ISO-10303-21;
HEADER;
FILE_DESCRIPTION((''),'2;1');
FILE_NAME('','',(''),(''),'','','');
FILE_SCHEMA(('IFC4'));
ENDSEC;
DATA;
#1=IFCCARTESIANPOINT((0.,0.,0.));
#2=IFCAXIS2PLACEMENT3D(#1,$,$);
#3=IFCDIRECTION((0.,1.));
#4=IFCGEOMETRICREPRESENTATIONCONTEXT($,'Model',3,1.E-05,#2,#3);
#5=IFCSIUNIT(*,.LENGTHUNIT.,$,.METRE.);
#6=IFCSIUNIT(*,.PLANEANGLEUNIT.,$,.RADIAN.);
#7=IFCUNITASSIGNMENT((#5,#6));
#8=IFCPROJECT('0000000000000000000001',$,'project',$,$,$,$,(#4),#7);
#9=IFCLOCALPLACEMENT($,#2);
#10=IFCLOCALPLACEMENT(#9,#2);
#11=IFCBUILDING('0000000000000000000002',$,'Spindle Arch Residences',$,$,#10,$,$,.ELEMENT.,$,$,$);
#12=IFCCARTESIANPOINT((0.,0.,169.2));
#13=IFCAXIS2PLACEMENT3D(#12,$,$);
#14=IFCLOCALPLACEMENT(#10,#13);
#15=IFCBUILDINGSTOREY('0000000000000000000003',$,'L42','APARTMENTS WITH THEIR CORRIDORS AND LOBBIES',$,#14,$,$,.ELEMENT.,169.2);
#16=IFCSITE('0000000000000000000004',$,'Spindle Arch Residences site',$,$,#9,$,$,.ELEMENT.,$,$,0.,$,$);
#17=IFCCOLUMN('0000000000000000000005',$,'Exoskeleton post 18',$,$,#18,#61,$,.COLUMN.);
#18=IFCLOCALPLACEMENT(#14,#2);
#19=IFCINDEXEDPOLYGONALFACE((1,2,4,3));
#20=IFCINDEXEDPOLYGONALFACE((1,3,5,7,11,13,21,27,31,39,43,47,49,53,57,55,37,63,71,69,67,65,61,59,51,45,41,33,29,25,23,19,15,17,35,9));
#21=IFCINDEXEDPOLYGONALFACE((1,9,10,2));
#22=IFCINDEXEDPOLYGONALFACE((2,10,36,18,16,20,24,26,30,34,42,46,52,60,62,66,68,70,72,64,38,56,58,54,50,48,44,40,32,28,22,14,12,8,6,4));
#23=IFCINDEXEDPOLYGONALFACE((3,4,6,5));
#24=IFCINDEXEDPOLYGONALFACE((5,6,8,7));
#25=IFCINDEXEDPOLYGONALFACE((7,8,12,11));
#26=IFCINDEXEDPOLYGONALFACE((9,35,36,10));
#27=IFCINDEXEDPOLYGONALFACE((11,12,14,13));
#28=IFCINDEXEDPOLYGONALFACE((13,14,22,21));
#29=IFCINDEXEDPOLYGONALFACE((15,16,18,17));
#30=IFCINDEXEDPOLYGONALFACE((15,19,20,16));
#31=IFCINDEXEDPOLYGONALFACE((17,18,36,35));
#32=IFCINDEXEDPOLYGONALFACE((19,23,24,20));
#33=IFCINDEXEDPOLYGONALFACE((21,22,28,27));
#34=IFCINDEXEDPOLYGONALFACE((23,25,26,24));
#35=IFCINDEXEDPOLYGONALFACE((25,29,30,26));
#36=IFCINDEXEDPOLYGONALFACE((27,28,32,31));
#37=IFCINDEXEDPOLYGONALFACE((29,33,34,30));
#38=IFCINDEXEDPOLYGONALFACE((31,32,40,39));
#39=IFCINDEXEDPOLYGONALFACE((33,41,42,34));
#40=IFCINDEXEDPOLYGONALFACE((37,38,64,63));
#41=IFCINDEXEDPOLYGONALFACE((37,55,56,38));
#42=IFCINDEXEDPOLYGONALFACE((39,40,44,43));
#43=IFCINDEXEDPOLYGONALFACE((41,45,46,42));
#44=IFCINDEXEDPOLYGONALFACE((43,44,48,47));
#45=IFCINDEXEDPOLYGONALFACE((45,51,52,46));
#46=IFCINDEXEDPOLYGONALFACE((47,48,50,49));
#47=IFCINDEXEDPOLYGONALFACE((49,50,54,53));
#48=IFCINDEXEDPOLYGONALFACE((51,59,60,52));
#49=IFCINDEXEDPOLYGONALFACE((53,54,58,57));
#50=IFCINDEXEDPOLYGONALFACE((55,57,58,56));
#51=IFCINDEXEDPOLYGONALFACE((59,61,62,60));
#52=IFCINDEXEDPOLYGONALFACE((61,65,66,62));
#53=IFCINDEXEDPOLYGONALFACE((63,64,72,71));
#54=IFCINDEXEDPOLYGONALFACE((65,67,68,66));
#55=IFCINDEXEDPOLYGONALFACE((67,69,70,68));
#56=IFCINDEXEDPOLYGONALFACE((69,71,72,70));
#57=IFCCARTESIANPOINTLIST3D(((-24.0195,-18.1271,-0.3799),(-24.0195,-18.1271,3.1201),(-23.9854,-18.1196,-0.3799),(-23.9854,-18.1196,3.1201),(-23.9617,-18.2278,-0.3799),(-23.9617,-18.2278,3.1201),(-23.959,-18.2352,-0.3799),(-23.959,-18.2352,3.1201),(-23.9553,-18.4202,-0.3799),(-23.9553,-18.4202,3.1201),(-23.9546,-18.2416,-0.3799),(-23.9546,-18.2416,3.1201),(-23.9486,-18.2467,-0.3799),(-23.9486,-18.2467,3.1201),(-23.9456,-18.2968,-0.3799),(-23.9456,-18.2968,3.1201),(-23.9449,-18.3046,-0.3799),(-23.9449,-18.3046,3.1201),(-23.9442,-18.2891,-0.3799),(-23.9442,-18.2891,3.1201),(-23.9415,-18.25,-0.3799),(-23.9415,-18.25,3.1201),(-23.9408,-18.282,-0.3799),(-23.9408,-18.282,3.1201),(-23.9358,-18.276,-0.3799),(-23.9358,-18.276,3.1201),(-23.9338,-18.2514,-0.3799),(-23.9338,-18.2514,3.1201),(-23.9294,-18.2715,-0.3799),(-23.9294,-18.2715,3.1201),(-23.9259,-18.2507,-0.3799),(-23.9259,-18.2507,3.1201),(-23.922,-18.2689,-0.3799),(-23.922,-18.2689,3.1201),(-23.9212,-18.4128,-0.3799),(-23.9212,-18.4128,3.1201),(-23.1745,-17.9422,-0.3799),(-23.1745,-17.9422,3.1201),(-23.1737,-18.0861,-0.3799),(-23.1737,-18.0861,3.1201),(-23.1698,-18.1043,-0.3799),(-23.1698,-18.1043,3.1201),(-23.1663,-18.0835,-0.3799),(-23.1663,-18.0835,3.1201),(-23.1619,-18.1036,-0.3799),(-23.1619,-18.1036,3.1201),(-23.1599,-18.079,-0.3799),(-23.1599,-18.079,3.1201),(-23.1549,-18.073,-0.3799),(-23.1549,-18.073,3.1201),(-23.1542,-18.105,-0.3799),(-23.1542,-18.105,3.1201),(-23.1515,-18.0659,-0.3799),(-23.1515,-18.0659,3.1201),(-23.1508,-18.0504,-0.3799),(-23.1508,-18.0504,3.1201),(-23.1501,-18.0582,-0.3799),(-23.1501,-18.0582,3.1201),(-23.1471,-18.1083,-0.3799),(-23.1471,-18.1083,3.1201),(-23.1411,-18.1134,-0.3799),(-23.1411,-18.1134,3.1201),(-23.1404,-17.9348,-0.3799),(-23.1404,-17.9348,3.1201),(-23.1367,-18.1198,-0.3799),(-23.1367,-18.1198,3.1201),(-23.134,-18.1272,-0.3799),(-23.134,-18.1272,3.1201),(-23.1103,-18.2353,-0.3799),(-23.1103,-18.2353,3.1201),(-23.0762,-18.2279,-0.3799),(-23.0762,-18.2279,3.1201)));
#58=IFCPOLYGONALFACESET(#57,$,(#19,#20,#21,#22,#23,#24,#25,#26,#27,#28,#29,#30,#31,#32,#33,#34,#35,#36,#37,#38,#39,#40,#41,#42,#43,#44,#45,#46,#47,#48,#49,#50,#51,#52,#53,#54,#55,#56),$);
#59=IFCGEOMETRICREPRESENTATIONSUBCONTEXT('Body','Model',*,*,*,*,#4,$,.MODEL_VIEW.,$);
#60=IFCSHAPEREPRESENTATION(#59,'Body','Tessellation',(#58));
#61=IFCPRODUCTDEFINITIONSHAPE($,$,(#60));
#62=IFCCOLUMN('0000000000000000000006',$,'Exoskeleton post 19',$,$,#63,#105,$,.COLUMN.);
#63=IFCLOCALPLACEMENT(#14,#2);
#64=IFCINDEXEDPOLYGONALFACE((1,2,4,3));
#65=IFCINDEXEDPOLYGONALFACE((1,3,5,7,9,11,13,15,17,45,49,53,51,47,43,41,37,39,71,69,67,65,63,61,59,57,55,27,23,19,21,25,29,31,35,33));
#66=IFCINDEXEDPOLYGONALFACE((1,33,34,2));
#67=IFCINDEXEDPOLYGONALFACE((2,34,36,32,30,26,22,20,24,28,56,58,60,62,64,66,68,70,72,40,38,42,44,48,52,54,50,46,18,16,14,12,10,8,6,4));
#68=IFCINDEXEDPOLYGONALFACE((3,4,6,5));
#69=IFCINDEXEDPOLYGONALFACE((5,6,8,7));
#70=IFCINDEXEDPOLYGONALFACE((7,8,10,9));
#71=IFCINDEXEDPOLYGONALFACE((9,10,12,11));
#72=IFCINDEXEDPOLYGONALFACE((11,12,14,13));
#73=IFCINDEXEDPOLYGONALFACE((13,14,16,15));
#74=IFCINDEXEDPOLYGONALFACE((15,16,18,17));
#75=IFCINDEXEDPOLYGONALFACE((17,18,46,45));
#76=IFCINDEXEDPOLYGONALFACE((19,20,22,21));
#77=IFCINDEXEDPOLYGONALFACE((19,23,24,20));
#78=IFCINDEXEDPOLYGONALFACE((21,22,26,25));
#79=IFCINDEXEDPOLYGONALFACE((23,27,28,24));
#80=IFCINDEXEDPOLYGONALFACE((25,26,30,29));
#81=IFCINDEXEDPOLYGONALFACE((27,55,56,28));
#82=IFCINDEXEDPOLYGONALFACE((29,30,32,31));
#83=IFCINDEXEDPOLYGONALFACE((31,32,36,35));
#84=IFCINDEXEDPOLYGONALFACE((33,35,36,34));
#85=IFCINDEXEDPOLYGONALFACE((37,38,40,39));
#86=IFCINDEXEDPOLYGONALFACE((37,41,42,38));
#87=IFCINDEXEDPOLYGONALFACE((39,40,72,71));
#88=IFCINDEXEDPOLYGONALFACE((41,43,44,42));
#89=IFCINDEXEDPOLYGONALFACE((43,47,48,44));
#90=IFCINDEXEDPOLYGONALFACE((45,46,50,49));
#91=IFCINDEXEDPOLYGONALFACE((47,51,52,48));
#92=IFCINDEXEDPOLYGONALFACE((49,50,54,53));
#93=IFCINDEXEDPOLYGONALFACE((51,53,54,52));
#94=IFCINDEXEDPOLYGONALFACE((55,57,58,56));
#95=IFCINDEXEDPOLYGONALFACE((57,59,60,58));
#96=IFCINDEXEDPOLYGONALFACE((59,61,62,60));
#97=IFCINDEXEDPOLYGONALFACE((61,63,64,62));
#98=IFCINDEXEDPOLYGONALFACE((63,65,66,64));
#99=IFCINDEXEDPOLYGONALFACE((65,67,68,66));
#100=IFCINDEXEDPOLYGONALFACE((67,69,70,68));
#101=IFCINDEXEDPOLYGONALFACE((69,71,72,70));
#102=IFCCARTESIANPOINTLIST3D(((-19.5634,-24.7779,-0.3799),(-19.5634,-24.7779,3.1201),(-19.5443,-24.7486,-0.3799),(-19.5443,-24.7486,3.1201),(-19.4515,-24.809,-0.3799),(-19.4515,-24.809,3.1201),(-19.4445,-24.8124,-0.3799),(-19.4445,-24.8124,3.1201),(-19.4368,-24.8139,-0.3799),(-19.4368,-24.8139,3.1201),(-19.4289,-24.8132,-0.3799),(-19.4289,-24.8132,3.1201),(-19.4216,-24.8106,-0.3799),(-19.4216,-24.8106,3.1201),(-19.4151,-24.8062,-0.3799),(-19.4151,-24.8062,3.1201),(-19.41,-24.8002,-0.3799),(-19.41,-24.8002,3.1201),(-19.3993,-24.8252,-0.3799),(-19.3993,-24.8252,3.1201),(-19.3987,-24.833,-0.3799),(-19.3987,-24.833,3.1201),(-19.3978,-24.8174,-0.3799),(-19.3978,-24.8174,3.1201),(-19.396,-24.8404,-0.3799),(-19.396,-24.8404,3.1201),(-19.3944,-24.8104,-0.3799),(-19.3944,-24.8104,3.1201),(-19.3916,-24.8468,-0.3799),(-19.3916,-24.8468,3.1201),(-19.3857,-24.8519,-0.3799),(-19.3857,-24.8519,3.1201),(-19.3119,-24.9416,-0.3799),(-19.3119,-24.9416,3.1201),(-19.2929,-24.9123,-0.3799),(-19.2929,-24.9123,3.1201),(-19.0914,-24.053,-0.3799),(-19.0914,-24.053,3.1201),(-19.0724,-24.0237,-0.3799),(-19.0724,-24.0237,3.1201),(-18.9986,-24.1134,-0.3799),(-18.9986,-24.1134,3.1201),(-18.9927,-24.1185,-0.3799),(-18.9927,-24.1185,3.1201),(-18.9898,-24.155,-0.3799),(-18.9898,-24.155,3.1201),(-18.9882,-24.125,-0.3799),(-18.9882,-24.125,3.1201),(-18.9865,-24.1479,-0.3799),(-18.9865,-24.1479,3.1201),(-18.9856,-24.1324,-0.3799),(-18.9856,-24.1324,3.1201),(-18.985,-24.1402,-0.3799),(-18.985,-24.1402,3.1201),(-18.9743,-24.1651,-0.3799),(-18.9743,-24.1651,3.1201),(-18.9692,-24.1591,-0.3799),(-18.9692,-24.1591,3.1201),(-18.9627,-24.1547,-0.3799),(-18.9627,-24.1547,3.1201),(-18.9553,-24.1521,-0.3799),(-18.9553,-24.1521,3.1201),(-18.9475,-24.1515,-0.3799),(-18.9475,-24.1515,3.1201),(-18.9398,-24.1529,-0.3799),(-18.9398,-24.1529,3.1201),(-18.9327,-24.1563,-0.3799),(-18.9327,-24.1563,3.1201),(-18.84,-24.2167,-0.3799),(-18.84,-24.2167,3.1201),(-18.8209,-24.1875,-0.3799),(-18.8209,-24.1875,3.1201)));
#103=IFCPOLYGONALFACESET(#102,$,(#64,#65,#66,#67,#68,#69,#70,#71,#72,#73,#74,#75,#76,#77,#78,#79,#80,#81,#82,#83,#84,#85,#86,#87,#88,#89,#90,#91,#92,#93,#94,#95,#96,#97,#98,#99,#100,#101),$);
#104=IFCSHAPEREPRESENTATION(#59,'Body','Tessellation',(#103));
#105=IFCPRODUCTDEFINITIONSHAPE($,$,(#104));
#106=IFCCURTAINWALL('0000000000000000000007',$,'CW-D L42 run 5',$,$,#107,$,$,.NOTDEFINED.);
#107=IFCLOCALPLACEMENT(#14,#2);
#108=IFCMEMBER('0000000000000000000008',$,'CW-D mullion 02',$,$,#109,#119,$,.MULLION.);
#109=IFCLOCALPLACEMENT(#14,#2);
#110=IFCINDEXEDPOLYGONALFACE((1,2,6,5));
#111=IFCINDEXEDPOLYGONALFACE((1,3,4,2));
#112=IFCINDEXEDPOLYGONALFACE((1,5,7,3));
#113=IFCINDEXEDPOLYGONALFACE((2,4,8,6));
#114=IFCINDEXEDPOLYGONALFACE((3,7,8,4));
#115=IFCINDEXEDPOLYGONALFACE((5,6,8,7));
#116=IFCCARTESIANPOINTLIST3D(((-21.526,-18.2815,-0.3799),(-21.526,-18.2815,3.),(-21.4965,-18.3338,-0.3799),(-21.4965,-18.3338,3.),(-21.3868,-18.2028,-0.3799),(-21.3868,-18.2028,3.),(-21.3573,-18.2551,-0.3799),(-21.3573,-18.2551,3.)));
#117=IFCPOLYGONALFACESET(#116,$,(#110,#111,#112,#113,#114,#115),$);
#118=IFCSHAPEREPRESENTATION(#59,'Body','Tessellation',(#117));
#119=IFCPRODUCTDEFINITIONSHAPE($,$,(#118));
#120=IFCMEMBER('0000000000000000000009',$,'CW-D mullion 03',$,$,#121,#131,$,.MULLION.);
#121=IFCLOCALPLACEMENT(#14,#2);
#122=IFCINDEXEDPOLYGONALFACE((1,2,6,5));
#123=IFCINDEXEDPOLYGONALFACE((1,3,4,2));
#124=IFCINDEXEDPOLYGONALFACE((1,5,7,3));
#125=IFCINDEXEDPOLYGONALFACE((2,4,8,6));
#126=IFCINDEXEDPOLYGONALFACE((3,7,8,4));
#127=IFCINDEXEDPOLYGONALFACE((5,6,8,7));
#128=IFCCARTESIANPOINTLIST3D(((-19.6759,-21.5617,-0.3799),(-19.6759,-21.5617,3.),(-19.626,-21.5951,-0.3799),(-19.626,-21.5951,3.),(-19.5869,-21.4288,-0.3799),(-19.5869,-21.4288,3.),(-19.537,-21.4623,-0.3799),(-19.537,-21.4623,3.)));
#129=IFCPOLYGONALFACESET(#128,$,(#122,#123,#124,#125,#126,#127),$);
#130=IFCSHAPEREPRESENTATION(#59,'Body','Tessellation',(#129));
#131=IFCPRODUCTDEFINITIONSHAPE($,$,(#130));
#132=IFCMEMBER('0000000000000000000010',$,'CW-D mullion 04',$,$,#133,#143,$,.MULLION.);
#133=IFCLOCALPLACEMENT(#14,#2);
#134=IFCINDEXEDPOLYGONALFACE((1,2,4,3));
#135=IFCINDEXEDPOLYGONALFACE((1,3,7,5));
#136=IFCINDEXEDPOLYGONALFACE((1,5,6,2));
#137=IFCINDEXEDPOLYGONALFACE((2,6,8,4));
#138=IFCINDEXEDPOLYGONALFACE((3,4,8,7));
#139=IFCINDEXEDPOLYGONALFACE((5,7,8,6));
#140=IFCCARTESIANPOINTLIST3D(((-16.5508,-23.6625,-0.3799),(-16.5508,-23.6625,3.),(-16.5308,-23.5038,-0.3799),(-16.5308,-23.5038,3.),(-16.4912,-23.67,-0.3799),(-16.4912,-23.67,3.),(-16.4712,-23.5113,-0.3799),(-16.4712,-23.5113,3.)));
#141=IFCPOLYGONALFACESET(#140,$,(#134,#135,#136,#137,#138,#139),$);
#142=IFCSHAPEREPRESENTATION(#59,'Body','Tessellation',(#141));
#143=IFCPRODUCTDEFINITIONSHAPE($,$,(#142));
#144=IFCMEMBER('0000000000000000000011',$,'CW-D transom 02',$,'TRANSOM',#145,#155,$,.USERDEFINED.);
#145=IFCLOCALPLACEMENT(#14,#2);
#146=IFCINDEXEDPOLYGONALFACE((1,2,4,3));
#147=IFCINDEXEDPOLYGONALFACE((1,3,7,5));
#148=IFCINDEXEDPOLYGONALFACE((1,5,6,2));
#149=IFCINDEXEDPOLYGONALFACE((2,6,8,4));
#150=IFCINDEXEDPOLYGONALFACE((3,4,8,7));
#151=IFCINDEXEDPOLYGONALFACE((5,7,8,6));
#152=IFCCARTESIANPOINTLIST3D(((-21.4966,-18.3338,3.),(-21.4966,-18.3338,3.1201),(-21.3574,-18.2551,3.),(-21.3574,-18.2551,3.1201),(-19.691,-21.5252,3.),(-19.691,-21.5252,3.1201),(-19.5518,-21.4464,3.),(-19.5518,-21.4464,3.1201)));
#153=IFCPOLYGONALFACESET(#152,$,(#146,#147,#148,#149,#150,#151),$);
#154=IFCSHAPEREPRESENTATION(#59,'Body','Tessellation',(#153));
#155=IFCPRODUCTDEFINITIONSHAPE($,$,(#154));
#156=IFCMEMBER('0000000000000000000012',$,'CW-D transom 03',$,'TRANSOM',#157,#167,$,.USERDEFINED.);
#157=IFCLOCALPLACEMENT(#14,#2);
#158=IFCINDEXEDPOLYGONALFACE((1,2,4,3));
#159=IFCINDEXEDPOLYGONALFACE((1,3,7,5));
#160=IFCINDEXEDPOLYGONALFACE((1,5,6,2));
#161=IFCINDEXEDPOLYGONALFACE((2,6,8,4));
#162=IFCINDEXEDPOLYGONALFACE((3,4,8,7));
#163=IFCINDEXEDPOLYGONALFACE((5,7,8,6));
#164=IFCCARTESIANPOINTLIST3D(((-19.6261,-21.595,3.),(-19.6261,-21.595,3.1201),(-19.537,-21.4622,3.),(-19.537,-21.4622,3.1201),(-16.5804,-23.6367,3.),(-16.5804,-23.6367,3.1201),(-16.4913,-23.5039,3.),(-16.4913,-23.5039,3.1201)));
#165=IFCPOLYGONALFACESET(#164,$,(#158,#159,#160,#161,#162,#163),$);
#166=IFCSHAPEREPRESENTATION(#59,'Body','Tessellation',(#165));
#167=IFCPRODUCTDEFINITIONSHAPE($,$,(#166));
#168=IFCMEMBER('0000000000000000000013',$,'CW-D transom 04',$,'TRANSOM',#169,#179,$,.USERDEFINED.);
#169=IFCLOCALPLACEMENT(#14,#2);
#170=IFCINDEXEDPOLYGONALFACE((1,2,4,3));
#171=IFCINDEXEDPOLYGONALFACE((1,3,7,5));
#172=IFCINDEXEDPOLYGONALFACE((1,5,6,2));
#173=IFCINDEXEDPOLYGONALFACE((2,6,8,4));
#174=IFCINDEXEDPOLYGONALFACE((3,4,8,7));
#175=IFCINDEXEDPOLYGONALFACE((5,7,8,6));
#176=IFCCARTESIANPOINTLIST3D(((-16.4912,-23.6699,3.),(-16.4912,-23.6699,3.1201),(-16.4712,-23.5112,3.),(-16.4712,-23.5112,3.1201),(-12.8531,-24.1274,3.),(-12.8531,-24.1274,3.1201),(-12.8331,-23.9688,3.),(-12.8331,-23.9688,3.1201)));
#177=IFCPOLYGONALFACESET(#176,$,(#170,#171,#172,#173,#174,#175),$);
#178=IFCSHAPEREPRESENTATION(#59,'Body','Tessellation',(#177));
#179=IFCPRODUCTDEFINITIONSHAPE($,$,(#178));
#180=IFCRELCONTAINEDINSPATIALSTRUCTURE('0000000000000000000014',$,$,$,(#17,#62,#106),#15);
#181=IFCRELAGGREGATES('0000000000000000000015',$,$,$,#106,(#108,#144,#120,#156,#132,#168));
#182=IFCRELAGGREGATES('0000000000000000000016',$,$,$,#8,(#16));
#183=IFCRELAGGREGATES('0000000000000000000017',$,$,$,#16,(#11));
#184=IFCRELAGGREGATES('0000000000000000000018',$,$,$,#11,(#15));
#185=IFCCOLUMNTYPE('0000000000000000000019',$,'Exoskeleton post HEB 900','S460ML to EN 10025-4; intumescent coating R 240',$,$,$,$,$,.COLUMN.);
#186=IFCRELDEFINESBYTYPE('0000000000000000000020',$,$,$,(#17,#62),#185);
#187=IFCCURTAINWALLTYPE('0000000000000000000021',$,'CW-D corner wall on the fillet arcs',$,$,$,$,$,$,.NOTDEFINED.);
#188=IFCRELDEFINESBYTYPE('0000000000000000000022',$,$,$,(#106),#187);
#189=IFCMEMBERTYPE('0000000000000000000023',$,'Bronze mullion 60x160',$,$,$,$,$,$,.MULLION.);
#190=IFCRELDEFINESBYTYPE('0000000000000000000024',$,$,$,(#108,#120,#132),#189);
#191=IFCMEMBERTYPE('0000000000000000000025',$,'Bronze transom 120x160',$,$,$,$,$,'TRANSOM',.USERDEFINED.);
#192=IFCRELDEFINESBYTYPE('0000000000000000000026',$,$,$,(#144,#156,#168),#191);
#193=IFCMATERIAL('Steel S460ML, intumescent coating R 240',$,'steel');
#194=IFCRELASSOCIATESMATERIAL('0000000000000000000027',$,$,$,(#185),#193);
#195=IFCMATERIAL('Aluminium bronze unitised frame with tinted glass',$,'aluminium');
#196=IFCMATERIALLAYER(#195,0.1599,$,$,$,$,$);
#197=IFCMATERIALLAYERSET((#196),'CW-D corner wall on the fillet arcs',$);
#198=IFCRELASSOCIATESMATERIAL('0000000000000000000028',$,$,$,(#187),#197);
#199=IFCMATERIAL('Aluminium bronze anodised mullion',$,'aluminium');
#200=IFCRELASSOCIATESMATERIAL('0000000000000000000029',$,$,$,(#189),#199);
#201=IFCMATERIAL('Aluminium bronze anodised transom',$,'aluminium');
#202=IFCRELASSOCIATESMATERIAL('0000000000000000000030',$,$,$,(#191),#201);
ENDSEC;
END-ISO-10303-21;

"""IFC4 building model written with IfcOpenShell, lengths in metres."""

from ifc_helpers import new_model, si_unit, direction, frame, origin, origin_2d, place, context, subcontext, project, spatial, rectangle, i_section, extrude, material, layer, layer_set, material_profile, profile_set, type_object, element, aggregate, save


model = new_model("IFC4")

# Units and contexts
model_context = context("Model", 3, precision=1e-05, world=origin(), true_north=direction((0.0, 1.0)))
body_context = subcontext(model_context, "Body", "Model", "MODEL_VIEW")
ifc_project = project(units=[si_unit("LENGTHUNIT", "METRE"), si_unit("PLANEANGLEUNIT", "RADIAN")], contexts=[model_context])

# Site, building, storey
site_placement = place(None, origin())
site = spatial("IfcSite", under=ifc_project, at=site_placement, Name="Spindle Arch Residences site", CompositionType="ELEMENT", RefElevation=0.0)
building_placement = place(site_placement, origin())
building = spatial("IfcBuilding", under=site, at=building_placement, Name="Spindle Arch Residences", CompositionType="ELEMENT")
storey_placement = place(building_placement, frame((0.0, 0.0, 169.2)))
storey = spatial("IfcBuildingStorey", under=building, at=storey_placement, Name="L42", Description="APARTMENTS WITH THEIR CORRIDORS AND LOBBIES", CompositionType="ELEMENT", Elevation=169.2)

# Columns
ifc_material_1 = material(Name="Steel S460ML, intumescent coating R 240", Category="steel")
ifc_material_profile_1 = material_profile(ifc_material_1, i_section(OverallWidth=0.3, OverallDepth=0.8999, WebThickness=0.0186, FlangeThickness=0.0349, FilletRadius=0.03, at=origin_2d()), Name="HEB 900")
ifc_profile_set_1 = profile_set([ifc_material_profile_1], Name="Steel S460ML, intumescent coating R 240")
column_type = type_object("IfcColumnType", Name="Exoskeleton post HEB 900", Description="S460ML to EN 10025-4; intumescent coating R 240", PredefinedType="COLUMN", material=ifc_profile_set_1)
for number, where, z_axis, x_axis, name in (
    (1, (-23.5479, -18.1775, -0.3799), (0.0, 0.0, 1.0), (-0.213754, 0.976887, 0.0), "Exoskeleton post 18"),
    (2, (-19.1921, -24.4827, -0.3799), (0.0, 0.0, 1.0), (-0.838019, 0.545641, 0.0), "Exoskeleton post 19"),
):
    element("IfcColumn", number, at=place(storey_placement, frame(where, z_axis=z_axis, x_axis=x_axis)), inside=storey, type_object=column_type, Name=name, PredefinedType="COLUMN", context=body_context, shape_type="SweptSolid", body=[
        extrude(i_section(OverallWidth=0.3, OverallDepth=0.8999, WebThickness=0.0186, FlangeThickness=0.0349, FilletRadius=0.03, at=origin_2d()), origin(), (0.0, 0.0, 1.0), 3.5),
    ])

# Curtain wall, members
ifc_material_2 = material(Name="Aluminium bronze unitised frame with tinted glass", Category="aluminium")
ifc_layer_1 = layer(ifc_material_2, 0.1599)
ifc_layer_set_1 = layer_set([ifc_layer_1], Name="CW-D corner wall on the fillet arcs")
curtain_wall_type = type_object("IfcCurtainWallType", Name="CW-D corner wall on the fillet arcs", PredefinedType="NOTDEFINED", material=ifc_layer_set_1)
curtain_wall_placement = place(storey_placement, origin())
curtain_wall = element("IfcCurtainWall", 3, at=curtain_wall_placement, inside=storey, type_object=curtain_wall_type, Name="CW-D L42 run 5", PredefinedType="NOTDEFINED")
ifc_material_3 = material(Name="Aluminium bronze anodised mullion", Category="aluminium")
ifc_material_profile_2 = material_profile(ifc_material_3, rectangle(XDim=0.1599, YDim=0.0601, at=origin_2d()), Name="MU 60x160")
ifc_profile_set_2 = profile_set([ifc_material_profile_2], Name="Aluminium bronze anodised mullion")
member_type_1 = type_object("IfcMemberType", Name="Bronze mullion 60x160", PredefinedType="MULLION", material=ifc_profile_set_2)
member_1_placement = place(storey_placement, frame((-21.4417, -18.2683, -0.3799), z_axis=(0.0, 0.0, 1.0), x_axis=(0.870356, 0.492424, 0.0)))
member_1 = element("IfcMember", 4, at=member_1_placement, type_object=member_type_1, Name="CW-D mullion 02", PredefinedType="MULLION", context=body_context, shape_type="SweptSolid", body=[
    extrude(rectangle(XDim=0.1599, YDim=0.0601, at=origin_2d()), origin(), (0.0, 0.0, 1.0), 3.3799),
])
member_2_placement = place(storey_placement, frame((-19.6064, -21.512, -0.3799), z_axis=(0.0, 0.0, 1.0), x_axis=(0.556779, 0.830661, 0.0)))
member_2 = element("IfcMember", 5, at=member_2_placement, type_object=member_type_1, Name="CW-D mullion 03", PredefinedType="MULLION", context=body_context, shape_type="SweptSolid", body=[
    extrude(rectangle(XDim=0.1599, YDim=0.0601, at=origin_2d()), origin(), (0.0, 0.0, 1.0), 3.3799),
])
member_3_placement = place(storey_placement, frame((-16.511, -23.5869, -0.3799), z_axis=(0.0, 0.0, 1.0), x_axis=(0.124756, 0.992187, 0.0)))
member_3 = element("IfcMember", 6, at=member_3_placement, type_object=member_type_1, Name="CW-D mullion 04", PredefinedType="MULLION", context=body_context, shape_type="SweptSolid", body=[
    extrude(rectangle(XDim=0.1599, YDim=0.0601, at=origin_2d()), origin(), (0.0, 0.0, 1.0), 3.3799),
])
ifc_material_4 = material(Name="Aluminium bronze anodised transom", Category="aluminium")
ifc_material_profile_3 = material_profile(ifc_material_4, rectangle(XDim=0.1599, YDim=0.1201, at=origin_2d()), Name="TR 120x160")
ifc_profile_set_3 = profile_set([ifc_material_profile_3], Name="Aluminium bronze anodised transom")
member_type_2 = type_object("IfcMemberType", Name="Bronze transom 120x160", ElementType="TRANSOM", PredefinedType="USERDEFINED", material=ifc_profile_set_3)
member_4_placement = place(storey_placement, frame((-21.427, -18.2944, 3.0601), z_axis=(0.492435, -0.870349, 0.0), x_axis=(0.870349, 0.492435, 0.0)))
member_4 = element("IfcMember", 7, at=member_4_placement, type_object=member_type_2, Name="CW-D transom 02", ObjectType="TRANSOM", PredefinedType="USERDEFINED", context=body_context, shape_type="SweptSolid", body=[
    extrude(rectangle(XDim=0.1599, YDim=0.1201, at=origin_2d()), origin(), (0.0, 0.0, 1.0), 3.6667),
])
member_5_placement = place(storey_placement, frame((-19.5815, -21.5286, 3.0601), z_axis=(0.830624, -0.556834, 0.0), x_axis=(0.556834, 0.830624, 0.0)))
member_5 = element("IfcMember", 8, at=member_5_placement, type_object=member_type_2, Name="CW-D transom 03", ObjectType="TRANSOM", PredefinedType="USERDEFINED", context=body_context, shape_type="SweptSolid", body=[
    extrude(rectangle(XDim=0.1599, YDim=0.1201, at=origin_2d()), origin(), (0.0, 0.0, 1.0), 3.6667),
])
member_6_placement = place(storey_placement, frame((-16.4812, -23.5906, 3.0601), z_axis=(0.992185, -0.124772, 0.0), x_axis=(0.124772, 0.992185, 0.0)))
member_6 = element("IfcMember", 9, at=member_6_placement, type_object=member_type_2, Name="CW-D transom 04", ObjectType="TRANSOM", PredefinedType="USERDEFINED", context=body_context, shape_type="SweptSolid", body=[
    extrude(rectangle(XDim=0.1599, YDim=0.1201, at=origin_2d()), origin(), (0.0, 0.0, 1.0), 3.6667),
])

aggregate(curtain_wall, [member_1, member_4, member_2, member_5, member_3, member_6])

save(model, "model.ifc")
